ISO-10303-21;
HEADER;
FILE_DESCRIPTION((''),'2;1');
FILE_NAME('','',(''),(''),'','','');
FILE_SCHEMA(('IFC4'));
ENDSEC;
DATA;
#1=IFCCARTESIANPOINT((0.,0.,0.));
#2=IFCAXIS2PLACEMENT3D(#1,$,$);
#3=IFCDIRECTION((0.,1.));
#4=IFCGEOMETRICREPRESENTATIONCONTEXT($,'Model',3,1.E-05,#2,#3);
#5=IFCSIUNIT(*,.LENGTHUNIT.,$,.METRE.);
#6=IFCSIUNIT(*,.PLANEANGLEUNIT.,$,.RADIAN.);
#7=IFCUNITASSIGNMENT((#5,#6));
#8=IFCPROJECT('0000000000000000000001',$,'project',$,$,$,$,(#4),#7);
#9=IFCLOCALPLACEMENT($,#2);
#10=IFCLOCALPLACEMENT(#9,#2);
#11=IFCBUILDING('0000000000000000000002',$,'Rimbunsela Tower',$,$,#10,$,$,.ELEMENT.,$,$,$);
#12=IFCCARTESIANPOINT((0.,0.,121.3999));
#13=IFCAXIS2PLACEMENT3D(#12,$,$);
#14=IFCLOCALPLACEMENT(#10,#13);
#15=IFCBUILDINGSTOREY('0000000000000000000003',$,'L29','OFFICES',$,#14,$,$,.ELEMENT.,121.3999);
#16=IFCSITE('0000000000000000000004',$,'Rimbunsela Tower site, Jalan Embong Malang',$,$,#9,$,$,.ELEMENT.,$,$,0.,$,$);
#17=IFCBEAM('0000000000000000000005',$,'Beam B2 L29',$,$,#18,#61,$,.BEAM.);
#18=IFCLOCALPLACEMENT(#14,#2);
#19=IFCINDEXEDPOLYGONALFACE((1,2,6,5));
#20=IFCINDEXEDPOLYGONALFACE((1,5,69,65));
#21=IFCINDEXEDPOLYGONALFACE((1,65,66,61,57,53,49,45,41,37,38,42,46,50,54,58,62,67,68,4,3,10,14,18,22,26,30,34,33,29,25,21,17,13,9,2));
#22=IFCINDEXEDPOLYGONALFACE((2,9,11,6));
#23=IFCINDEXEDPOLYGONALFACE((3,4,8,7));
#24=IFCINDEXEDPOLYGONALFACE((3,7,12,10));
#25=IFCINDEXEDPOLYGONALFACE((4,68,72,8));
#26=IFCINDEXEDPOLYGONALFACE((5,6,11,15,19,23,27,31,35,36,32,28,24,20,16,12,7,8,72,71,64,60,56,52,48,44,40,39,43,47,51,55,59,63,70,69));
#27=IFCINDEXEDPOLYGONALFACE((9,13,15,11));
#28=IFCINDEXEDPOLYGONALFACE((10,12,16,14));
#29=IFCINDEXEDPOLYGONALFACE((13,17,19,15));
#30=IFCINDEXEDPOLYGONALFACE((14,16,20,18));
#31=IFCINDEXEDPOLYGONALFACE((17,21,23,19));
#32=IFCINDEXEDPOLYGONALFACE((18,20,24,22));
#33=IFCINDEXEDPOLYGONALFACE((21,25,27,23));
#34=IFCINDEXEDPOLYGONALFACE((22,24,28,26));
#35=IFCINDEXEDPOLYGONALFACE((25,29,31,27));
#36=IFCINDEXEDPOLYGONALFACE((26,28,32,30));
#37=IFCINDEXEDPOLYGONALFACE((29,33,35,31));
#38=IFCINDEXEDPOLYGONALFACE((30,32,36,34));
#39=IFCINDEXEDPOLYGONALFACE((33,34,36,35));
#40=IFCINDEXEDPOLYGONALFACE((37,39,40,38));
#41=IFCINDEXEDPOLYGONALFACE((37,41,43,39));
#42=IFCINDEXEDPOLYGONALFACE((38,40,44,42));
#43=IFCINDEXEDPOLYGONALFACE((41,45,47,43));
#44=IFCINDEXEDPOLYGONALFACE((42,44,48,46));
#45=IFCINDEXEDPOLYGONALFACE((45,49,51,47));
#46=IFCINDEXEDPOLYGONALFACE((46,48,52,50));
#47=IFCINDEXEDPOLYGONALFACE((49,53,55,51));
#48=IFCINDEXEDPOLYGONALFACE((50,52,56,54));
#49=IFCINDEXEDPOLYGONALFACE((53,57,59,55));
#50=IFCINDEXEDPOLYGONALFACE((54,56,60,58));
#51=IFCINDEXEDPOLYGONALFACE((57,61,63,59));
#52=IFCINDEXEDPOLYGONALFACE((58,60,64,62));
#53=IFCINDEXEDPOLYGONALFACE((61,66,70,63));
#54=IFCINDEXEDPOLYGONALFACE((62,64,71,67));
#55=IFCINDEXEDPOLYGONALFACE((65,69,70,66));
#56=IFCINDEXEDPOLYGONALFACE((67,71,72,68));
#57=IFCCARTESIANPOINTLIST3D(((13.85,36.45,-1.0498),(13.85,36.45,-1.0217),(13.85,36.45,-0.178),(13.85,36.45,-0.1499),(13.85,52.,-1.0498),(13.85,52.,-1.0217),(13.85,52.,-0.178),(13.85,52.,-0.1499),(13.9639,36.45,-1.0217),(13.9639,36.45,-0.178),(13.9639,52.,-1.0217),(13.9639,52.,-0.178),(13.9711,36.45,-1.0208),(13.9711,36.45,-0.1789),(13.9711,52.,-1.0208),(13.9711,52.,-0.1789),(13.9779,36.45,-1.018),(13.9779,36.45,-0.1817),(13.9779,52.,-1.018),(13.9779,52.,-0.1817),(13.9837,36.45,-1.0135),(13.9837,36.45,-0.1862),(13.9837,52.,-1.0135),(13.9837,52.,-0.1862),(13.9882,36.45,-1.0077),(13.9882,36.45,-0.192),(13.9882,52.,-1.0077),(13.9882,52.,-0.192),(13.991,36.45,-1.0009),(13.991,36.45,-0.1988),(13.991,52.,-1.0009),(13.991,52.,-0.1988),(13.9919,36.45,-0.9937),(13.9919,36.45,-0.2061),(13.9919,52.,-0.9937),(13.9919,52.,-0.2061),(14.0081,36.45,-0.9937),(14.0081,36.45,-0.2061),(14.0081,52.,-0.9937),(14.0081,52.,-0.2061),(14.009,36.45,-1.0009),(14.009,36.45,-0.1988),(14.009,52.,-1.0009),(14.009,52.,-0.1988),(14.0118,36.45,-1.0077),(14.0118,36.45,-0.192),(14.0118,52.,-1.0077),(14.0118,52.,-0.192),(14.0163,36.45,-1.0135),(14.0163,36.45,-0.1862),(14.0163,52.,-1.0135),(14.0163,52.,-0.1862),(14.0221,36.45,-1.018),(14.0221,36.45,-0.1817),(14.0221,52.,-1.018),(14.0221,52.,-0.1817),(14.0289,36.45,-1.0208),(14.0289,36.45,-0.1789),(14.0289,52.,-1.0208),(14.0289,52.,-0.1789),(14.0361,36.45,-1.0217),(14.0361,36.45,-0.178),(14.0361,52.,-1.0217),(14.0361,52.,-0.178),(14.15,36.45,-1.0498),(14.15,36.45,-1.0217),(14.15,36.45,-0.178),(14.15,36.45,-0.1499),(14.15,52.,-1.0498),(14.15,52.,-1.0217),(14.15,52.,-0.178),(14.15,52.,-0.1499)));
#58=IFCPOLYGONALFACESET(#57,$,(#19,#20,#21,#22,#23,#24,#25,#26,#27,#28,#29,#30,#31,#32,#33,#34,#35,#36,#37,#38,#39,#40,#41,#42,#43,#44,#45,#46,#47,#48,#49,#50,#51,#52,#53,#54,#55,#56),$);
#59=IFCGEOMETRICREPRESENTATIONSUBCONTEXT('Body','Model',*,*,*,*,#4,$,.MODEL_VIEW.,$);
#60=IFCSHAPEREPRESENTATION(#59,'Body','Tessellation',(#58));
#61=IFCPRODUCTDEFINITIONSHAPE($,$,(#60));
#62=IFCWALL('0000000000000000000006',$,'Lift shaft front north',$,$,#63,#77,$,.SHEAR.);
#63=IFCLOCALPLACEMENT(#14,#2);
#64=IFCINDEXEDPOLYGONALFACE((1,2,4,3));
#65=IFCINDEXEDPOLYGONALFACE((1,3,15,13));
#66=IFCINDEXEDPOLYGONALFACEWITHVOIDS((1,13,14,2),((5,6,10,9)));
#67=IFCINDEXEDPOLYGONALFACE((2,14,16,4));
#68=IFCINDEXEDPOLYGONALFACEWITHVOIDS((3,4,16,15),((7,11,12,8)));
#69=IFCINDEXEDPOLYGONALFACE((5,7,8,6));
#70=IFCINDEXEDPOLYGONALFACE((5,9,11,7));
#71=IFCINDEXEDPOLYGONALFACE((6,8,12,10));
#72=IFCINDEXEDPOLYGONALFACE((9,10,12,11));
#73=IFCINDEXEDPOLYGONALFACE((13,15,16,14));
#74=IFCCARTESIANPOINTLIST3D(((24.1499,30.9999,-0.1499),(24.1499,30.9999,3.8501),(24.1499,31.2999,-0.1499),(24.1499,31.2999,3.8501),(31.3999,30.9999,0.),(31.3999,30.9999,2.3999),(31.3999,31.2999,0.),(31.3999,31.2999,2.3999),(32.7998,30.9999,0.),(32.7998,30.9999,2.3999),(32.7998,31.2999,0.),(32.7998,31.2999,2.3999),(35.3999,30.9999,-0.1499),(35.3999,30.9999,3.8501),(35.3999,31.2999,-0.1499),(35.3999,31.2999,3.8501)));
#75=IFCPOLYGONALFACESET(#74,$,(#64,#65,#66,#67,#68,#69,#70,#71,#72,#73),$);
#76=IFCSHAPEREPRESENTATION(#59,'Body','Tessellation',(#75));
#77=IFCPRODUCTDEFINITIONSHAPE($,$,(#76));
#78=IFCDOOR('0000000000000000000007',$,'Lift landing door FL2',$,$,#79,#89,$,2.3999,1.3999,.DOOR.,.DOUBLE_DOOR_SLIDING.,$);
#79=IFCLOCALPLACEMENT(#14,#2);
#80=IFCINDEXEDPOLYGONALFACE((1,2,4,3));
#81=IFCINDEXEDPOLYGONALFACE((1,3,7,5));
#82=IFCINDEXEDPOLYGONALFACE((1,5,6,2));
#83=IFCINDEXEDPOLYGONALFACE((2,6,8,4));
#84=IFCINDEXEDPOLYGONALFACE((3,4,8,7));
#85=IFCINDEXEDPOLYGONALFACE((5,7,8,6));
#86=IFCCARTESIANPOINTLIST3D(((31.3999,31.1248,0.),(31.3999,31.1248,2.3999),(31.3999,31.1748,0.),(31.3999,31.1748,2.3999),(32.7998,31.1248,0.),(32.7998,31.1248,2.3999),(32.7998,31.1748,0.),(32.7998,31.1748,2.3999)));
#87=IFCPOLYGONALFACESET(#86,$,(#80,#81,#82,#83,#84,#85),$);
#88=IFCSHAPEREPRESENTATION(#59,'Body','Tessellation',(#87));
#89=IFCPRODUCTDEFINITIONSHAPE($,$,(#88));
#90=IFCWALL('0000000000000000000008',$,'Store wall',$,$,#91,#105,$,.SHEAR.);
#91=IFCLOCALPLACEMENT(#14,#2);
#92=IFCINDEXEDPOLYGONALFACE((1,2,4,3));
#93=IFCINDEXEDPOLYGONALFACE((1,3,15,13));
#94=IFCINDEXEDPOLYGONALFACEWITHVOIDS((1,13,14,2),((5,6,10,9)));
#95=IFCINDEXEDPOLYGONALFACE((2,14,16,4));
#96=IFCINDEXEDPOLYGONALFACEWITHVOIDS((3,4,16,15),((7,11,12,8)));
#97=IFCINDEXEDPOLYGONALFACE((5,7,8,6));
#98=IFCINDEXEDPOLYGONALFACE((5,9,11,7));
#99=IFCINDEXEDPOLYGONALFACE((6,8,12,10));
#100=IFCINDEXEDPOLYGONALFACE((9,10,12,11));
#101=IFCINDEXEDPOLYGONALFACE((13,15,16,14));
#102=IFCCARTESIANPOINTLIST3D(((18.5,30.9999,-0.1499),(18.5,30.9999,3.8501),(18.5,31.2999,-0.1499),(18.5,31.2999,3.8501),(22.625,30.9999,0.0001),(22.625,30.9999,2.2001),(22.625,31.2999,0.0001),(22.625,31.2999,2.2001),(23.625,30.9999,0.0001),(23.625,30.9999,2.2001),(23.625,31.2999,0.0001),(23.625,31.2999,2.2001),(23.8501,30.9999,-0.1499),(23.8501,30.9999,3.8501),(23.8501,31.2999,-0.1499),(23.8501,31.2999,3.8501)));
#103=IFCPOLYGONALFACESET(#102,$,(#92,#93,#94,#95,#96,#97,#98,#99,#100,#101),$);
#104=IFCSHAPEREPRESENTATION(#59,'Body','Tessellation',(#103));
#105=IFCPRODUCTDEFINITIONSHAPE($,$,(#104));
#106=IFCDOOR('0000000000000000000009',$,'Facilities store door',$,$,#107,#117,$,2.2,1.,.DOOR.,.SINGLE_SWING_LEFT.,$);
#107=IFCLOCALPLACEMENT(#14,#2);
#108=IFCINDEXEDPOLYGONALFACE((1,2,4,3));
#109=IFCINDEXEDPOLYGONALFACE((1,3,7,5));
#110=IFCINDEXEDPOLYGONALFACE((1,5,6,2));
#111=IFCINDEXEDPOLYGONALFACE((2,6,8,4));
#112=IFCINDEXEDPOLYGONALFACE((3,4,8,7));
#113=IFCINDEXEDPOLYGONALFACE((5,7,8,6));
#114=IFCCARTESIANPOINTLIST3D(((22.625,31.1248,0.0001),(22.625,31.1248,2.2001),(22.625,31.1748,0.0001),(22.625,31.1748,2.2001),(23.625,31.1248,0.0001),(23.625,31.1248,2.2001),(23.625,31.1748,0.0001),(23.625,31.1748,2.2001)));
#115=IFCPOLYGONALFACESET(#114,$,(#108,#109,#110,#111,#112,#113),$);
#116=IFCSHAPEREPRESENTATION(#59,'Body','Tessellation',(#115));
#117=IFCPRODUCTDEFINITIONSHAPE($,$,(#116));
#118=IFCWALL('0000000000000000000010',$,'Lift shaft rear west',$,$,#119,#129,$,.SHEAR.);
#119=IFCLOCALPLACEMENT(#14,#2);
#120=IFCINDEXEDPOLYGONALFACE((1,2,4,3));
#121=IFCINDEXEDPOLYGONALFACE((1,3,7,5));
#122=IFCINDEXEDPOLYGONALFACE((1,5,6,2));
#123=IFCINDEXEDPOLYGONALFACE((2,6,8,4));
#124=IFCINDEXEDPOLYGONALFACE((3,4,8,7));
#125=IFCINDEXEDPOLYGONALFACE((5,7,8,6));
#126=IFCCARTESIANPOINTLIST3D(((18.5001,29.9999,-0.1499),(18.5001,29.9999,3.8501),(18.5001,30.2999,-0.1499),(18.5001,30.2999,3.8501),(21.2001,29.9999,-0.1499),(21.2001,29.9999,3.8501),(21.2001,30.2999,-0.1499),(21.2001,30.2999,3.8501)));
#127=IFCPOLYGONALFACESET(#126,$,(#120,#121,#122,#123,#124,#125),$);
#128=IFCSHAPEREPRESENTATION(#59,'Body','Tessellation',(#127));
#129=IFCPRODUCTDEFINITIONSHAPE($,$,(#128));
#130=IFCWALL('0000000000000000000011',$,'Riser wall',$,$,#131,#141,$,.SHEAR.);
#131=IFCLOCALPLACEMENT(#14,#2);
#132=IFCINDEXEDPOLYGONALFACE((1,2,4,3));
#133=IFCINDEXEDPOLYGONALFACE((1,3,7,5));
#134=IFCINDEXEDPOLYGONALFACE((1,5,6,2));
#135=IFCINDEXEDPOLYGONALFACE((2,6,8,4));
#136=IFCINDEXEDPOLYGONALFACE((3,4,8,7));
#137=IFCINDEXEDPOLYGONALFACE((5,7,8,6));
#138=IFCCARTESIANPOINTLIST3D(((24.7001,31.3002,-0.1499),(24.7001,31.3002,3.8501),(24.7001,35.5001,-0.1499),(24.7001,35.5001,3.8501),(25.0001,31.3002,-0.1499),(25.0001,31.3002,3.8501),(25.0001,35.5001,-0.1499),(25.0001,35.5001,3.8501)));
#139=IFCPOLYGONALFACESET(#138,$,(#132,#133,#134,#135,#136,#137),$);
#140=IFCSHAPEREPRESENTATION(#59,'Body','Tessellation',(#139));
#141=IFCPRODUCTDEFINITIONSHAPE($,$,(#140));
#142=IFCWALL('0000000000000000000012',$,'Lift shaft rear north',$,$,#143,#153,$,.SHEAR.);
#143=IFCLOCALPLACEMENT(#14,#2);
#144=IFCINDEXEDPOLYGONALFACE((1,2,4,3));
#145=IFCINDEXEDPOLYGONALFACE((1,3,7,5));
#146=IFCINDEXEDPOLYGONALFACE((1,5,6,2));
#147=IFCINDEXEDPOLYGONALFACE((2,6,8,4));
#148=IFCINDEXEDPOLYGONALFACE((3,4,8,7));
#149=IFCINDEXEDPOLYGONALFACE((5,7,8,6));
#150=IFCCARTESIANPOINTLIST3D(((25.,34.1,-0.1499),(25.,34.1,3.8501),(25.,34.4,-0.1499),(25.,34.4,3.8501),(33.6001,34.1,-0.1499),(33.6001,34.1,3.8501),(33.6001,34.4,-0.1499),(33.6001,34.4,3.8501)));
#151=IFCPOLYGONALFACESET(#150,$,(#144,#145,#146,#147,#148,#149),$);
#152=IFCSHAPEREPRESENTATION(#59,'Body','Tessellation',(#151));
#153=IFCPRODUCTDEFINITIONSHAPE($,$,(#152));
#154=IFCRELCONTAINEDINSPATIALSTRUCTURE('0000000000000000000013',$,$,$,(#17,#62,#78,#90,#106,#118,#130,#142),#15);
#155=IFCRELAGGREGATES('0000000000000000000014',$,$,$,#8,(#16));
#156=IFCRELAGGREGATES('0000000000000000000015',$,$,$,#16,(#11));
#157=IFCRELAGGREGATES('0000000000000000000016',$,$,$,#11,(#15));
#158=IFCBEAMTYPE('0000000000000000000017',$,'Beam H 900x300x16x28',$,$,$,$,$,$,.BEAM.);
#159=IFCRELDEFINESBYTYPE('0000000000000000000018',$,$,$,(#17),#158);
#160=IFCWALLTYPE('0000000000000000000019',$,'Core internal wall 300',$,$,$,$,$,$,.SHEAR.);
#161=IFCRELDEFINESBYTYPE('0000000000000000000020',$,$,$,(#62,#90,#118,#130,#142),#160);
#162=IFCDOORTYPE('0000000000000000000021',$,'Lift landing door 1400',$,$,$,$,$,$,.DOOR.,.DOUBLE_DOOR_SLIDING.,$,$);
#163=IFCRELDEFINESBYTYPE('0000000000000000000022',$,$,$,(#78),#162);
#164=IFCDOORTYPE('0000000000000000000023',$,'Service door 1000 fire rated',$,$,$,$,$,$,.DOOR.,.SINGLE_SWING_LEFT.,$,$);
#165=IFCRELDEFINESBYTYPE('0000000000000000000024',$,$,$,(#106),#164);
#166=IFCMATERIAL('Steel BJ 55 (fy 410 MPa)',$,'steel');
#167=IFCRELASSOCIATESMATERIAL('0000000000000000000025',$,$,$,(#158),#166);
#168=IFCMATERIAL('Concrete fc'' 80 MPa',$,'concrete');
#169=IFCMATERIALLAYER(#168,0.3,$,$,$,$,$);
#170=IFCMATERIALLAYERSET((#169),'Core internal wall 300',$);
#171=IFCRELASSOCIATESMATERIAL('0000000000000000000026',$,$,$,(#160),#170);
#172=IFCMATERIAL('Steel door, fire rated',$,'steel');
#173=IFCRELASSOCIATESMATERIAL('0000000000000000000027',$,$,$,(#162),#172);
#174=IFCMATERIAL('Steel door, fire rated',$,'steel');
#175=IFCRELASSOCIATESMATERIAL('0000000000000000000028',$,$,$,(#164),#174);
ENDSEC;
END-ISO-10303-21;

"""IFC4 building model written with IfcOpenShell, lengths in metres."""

from ifc_helpers import new_model, si_unit, direction, frame, frame_2d, origin, origin_2d, place, context, subcontext, project, spatial, rectangle, i_section, extrude, material, layer, layer_set, material_profile, profile_set, type_object, element, fill, save


model = new_model("IFC4")

# Units and contexts
model_context = context("Model", 3, precision=1e-05, world=origin(), true_north=direction((0.0, 1.0)))
body_context = subcontext(model_context, "Body", "Model", "MODEL_VIEW")
ifc_project = project(units=[si_unit("LENGTHUNIT", "METRE"), si_unit("PLANEANGLEUNIT", "RADIAN")], contexts=[model_context])

# Site, building, storey
site_placement = place(None, origin())
site = spatial("IfcSite", under=ifc_project, at=site_placement, Name="Rimbunsela Tower site, Jalan Embong Malang", CompositionType="ELEMENT", RefElevation=0.0)
building_placement = place(site_placement, origin())
building = spatial("IfcBuilding", under=site, at=building_placement, Name="Rimbunsela Tower", CompositionType="ELEMENT")
storey_placement = place(building_placement, frame((0.0, 0.0, 121.3999)))
storey = spatial("IfcBuildingStorey", under=building, at=storey_placement, Name="L29", Description="OFFICES", CompositionType="ELEMENT", Elevation=121.3999)

# Beam
ifc_material_1 = material(Name="Steel BJ 55 (fy 410 MPa)", Category="steel")
ifc_material_profile = material_profile(ifc_material_1, i_section(OverallWidth=0.3, OverallDepth=0.8999, WebThickness=0.0161, FlangeThickness=0.0281, FilletRadius=0.0281, at=origin_2d()), Name="H 900x300x16x28")
ifc_profile_set = profile_set([ifc_material_profile], Name="Steel BJ 55 (fy 410 MPa)")
beam_type = type_object("IfcBeamType", Name="Beam H 900x300x16x28", PredefinedType="BEAM", material=ifc_profile_set)
beam_placement = place(storey_placement, frame((14.0, 36.45, -0.5999), z_axis=(0.0, 1.0, 0.0), x_axis=(-1.0, 0.0, 0.0)))
element("IfcBeam", 1, at=beam_placement, inside=storey, type_object=beam_type, Name="Beam B2 L29", PredefinedType="BEAM", context=body_context, shape_type="SweptSolid", body=[
    extrude(i_section(OverallWidth=0.3, OverallDepth=0.8999, WebThickness=0.0161, FlangeThickness=0.0281, FilletRadius=0.0281, at=origin_2d()), origin(), (0.0, 0.0, 1.0), 15.55),
])

# Walls, openings, doors
ifc_material_2 = material(Name="Concrete fc' 80 MPa", Category="concrete")
ifc_layer_1 = layer(ifc_material_2, 0.3)
ifc_layer_set_1 = layer_set([ifc_layer_1], Name="Core internal wall 300")
wall_type_1 = type_object("IfcWallType", Name="Core internal wall 300", PredefinedType="SHEAR", material=ifc_layer_set_1)
wall_1_placement = place(storey_placement, frame((24.1499, 31.1499, -0.1499), z_axis=(0.0, 0.0, 1.0), x_axis=(1.0, 0.0, 0.0)))
wall_1 = element("IfcWall", 2, at=wall_1_placement, inside=storey, type_object=wall_type_1, Name="Lift shaft front north", PredefinedType="SHEAR", context=body_context, shape_type="SweptSolid", body=[
    extrude(rectangle(XDim=11.25, YDim=0.3, at=frame_2d((5.625, 0.0))), origin(), (0.0, 0.0, 1.0), 4.0),
])
opening_1_placement = place(wall_1_placement, frame((7.25, 0.0, 0.1499)))
opening_1 = element("IfcOpeningElement", 3, at=opening_1_placement, cuts=wall_1, PredefinedType="OPENING", context=body_context, shape_type="SweptSolid", body=[
    extrude(rectangle(XDim=1.3999, YDim=2.3999, at=frame_2d((0.7, 1.2))), frame((0.0, 0.1599, 0.0), z_axis=(0.0, -1.0, 0.0), x_axis=(1.0, 0.0, 0.0)), (0.0, 0.0, 1.0), 0.3201),
])
ifc_material_3 = material(Name="Steel door, fire rated", Category="steel")
door_type_1 = type_object("IfcDoorType", Name="Lift landing door 1400", OperationType="DOUBLE_DOOR_SLIDING", PredefinedType="DOOR", material=ifc_material_3)
door_1_placement = place(opening_1_placement, origin())
door_1 = element("IfcDoor", 4, at=door_1_placement, inside=storey, type_object=door_type_1, Name="Lift landing door FL2", OperationType="DOUBLE_DOOR_SLIDING", OverallHeight=2.3999, OverallWidth=1.3999, PredefinedType="DOOR", context=body_context, shape_type="SweptSolid", body=[
    extrude(rectangle(XDim=1.3999, YDim=2.3999, at=frame_2d((0.7, 1.2))), frame((0.0, 0.0249, 0.0), z_axis=(0.0, -1.0, 0.0), x_axis=(1.0, 0.0, 0.0)), (0.0, 0.0, 1.0), 0.05),
])
fill(opening_1, door_1)
wall_2_placement = place(storey_placement, frame((18.5, 31.1499, -0.1499), z_axis=(0.0, 0.0, 1.0), x_axis=(1.0, 0.0, 0.0)))
wall_2 = element("IfcWall", 5, at=wall_2_placement, inside=storey, type_object=wall_type_1, Name="Store wall", PredefinedType="SHEAR", context=body_context, shape_type="SweptSolid", body=[
    extrude(rectangle(XDim=5.3501, YDim=0.3, at=frame_2d((2.675, 0.0))), origin(), (0.0, 0.0, 1.0), 4.0),
])
opening_2_placement = place(wall_2_placement, frame((4.125, 0.0, 0.1499)))
opening_2 = element("IfcOpeningElement", 6, at=opening_2_placement, cuts=wall_2, PredefinedType="OPENING", context=body_context, shape_type="SweptSolid", body=[
    extrude(rectangle(XDim=1.0, YDim=2.2, at=frame_2d((0.5, 1.1001))), frame((0.0, 0.1599, 0.0), z_axis=(0.0, -1.0, 0.0), x_axis=(1.0, 0.0, 0.0)), (0.0, 0.0, 1.0), 0.3201),
])
ifc_material_4 = material(Name="Steel door, fire rated", Category="steel")
door_type_2 = type_object("IfcDoorType", Name="Service door 1000 fire rated", OperationType="SINGLE_SWING_LEFT", PredefinedType="DOOR", material=ifc_material_4)
door_2_placement = place(opening_2_placement, origin())
door_2 = element("IfcDoor", 7, at=door_2_placement, inside=storey, type_object=door_type_2, Name="Facilities store door", OperationType="SINGLE_SWING_LEFT", OverallHeight=2.2, OverallWidth=1.0, PredefinedType="DOOR", context=body_context, shape_type="SweptSolid", body=[
    extrude(rectangle(XDim=1.0, YDim=2.2, at=frame_2d((0.5, 1.1001))), frame((0.0, 0.0249, 0.0), z_axis=(0.0, -1.0, 0.0), x_axis=(1.0, 0.0, 0.0)), (0.0, 0.0, 1.0), 0.05),
])
fill(opening_2, door_2)

# Walls
wall_3_placement = place(storey_placement, frame((18.5, 30.1499, -0.1499), z_axis=(0.0, 0.0, 1.0), x_axis=(1.0, 0.0, 0.0)))
element("IfcWall", 8, at=wall_3_placement, inside=storey, type_object=wall_type_1, Name="Lift shaft rear west", PredefinedType="SHEAR", context=body_context, shape_type="SweptSolid", body=[
    extrude(rectangle(XDim=2.7, YDim=0.3, at=frame_2d((1.3501, 0.0))), origin(), (0.0, 0.0, 1.0), 4.0),
])
wall_4_placement = place(storey_placement, frame((24.8501, 31.3, -0.1499), z_axis=(0.0, 0.0, 1.0), x_axis=(0.0, 1.0, 0.0)))
element("IfcWall", 9, at=wall_4_placement, inside=storey, type_object=wall_type_1, Name="Riser wall", PredefinedType="SHEAR", context=body_context, shape_type="SweptSolid", body=[
    extrude(rectangle(XDim=4.2, YDim=0.3, at=frame_2d((2.1001, 0.0))), origin(), (0.0, 0.0, 1.0), 4.0),
])
wall_5_placement = place(storey_placement, frame((25.0, 34.25, -0.1499), z_axis=(0.0, 0.0, 1.0), x_axis=(1.0, 0.0, 0.0)))
element("IfcWall", 10, at=wall_5_placement, inside=storey, type_object=wall_type_1, Name="Lift shaft rear north", PredefinedType="SHEAR", context=body_context, shape_type="SweptSolid", body=[
    extrude(rectangle(XDim=8.6001, YDim=0.3, at=frame_2d((4.3, 0.0))), origin(), (0.0, 0.0, 1.0), 4.0),
])

save(model, "model.ifc")
